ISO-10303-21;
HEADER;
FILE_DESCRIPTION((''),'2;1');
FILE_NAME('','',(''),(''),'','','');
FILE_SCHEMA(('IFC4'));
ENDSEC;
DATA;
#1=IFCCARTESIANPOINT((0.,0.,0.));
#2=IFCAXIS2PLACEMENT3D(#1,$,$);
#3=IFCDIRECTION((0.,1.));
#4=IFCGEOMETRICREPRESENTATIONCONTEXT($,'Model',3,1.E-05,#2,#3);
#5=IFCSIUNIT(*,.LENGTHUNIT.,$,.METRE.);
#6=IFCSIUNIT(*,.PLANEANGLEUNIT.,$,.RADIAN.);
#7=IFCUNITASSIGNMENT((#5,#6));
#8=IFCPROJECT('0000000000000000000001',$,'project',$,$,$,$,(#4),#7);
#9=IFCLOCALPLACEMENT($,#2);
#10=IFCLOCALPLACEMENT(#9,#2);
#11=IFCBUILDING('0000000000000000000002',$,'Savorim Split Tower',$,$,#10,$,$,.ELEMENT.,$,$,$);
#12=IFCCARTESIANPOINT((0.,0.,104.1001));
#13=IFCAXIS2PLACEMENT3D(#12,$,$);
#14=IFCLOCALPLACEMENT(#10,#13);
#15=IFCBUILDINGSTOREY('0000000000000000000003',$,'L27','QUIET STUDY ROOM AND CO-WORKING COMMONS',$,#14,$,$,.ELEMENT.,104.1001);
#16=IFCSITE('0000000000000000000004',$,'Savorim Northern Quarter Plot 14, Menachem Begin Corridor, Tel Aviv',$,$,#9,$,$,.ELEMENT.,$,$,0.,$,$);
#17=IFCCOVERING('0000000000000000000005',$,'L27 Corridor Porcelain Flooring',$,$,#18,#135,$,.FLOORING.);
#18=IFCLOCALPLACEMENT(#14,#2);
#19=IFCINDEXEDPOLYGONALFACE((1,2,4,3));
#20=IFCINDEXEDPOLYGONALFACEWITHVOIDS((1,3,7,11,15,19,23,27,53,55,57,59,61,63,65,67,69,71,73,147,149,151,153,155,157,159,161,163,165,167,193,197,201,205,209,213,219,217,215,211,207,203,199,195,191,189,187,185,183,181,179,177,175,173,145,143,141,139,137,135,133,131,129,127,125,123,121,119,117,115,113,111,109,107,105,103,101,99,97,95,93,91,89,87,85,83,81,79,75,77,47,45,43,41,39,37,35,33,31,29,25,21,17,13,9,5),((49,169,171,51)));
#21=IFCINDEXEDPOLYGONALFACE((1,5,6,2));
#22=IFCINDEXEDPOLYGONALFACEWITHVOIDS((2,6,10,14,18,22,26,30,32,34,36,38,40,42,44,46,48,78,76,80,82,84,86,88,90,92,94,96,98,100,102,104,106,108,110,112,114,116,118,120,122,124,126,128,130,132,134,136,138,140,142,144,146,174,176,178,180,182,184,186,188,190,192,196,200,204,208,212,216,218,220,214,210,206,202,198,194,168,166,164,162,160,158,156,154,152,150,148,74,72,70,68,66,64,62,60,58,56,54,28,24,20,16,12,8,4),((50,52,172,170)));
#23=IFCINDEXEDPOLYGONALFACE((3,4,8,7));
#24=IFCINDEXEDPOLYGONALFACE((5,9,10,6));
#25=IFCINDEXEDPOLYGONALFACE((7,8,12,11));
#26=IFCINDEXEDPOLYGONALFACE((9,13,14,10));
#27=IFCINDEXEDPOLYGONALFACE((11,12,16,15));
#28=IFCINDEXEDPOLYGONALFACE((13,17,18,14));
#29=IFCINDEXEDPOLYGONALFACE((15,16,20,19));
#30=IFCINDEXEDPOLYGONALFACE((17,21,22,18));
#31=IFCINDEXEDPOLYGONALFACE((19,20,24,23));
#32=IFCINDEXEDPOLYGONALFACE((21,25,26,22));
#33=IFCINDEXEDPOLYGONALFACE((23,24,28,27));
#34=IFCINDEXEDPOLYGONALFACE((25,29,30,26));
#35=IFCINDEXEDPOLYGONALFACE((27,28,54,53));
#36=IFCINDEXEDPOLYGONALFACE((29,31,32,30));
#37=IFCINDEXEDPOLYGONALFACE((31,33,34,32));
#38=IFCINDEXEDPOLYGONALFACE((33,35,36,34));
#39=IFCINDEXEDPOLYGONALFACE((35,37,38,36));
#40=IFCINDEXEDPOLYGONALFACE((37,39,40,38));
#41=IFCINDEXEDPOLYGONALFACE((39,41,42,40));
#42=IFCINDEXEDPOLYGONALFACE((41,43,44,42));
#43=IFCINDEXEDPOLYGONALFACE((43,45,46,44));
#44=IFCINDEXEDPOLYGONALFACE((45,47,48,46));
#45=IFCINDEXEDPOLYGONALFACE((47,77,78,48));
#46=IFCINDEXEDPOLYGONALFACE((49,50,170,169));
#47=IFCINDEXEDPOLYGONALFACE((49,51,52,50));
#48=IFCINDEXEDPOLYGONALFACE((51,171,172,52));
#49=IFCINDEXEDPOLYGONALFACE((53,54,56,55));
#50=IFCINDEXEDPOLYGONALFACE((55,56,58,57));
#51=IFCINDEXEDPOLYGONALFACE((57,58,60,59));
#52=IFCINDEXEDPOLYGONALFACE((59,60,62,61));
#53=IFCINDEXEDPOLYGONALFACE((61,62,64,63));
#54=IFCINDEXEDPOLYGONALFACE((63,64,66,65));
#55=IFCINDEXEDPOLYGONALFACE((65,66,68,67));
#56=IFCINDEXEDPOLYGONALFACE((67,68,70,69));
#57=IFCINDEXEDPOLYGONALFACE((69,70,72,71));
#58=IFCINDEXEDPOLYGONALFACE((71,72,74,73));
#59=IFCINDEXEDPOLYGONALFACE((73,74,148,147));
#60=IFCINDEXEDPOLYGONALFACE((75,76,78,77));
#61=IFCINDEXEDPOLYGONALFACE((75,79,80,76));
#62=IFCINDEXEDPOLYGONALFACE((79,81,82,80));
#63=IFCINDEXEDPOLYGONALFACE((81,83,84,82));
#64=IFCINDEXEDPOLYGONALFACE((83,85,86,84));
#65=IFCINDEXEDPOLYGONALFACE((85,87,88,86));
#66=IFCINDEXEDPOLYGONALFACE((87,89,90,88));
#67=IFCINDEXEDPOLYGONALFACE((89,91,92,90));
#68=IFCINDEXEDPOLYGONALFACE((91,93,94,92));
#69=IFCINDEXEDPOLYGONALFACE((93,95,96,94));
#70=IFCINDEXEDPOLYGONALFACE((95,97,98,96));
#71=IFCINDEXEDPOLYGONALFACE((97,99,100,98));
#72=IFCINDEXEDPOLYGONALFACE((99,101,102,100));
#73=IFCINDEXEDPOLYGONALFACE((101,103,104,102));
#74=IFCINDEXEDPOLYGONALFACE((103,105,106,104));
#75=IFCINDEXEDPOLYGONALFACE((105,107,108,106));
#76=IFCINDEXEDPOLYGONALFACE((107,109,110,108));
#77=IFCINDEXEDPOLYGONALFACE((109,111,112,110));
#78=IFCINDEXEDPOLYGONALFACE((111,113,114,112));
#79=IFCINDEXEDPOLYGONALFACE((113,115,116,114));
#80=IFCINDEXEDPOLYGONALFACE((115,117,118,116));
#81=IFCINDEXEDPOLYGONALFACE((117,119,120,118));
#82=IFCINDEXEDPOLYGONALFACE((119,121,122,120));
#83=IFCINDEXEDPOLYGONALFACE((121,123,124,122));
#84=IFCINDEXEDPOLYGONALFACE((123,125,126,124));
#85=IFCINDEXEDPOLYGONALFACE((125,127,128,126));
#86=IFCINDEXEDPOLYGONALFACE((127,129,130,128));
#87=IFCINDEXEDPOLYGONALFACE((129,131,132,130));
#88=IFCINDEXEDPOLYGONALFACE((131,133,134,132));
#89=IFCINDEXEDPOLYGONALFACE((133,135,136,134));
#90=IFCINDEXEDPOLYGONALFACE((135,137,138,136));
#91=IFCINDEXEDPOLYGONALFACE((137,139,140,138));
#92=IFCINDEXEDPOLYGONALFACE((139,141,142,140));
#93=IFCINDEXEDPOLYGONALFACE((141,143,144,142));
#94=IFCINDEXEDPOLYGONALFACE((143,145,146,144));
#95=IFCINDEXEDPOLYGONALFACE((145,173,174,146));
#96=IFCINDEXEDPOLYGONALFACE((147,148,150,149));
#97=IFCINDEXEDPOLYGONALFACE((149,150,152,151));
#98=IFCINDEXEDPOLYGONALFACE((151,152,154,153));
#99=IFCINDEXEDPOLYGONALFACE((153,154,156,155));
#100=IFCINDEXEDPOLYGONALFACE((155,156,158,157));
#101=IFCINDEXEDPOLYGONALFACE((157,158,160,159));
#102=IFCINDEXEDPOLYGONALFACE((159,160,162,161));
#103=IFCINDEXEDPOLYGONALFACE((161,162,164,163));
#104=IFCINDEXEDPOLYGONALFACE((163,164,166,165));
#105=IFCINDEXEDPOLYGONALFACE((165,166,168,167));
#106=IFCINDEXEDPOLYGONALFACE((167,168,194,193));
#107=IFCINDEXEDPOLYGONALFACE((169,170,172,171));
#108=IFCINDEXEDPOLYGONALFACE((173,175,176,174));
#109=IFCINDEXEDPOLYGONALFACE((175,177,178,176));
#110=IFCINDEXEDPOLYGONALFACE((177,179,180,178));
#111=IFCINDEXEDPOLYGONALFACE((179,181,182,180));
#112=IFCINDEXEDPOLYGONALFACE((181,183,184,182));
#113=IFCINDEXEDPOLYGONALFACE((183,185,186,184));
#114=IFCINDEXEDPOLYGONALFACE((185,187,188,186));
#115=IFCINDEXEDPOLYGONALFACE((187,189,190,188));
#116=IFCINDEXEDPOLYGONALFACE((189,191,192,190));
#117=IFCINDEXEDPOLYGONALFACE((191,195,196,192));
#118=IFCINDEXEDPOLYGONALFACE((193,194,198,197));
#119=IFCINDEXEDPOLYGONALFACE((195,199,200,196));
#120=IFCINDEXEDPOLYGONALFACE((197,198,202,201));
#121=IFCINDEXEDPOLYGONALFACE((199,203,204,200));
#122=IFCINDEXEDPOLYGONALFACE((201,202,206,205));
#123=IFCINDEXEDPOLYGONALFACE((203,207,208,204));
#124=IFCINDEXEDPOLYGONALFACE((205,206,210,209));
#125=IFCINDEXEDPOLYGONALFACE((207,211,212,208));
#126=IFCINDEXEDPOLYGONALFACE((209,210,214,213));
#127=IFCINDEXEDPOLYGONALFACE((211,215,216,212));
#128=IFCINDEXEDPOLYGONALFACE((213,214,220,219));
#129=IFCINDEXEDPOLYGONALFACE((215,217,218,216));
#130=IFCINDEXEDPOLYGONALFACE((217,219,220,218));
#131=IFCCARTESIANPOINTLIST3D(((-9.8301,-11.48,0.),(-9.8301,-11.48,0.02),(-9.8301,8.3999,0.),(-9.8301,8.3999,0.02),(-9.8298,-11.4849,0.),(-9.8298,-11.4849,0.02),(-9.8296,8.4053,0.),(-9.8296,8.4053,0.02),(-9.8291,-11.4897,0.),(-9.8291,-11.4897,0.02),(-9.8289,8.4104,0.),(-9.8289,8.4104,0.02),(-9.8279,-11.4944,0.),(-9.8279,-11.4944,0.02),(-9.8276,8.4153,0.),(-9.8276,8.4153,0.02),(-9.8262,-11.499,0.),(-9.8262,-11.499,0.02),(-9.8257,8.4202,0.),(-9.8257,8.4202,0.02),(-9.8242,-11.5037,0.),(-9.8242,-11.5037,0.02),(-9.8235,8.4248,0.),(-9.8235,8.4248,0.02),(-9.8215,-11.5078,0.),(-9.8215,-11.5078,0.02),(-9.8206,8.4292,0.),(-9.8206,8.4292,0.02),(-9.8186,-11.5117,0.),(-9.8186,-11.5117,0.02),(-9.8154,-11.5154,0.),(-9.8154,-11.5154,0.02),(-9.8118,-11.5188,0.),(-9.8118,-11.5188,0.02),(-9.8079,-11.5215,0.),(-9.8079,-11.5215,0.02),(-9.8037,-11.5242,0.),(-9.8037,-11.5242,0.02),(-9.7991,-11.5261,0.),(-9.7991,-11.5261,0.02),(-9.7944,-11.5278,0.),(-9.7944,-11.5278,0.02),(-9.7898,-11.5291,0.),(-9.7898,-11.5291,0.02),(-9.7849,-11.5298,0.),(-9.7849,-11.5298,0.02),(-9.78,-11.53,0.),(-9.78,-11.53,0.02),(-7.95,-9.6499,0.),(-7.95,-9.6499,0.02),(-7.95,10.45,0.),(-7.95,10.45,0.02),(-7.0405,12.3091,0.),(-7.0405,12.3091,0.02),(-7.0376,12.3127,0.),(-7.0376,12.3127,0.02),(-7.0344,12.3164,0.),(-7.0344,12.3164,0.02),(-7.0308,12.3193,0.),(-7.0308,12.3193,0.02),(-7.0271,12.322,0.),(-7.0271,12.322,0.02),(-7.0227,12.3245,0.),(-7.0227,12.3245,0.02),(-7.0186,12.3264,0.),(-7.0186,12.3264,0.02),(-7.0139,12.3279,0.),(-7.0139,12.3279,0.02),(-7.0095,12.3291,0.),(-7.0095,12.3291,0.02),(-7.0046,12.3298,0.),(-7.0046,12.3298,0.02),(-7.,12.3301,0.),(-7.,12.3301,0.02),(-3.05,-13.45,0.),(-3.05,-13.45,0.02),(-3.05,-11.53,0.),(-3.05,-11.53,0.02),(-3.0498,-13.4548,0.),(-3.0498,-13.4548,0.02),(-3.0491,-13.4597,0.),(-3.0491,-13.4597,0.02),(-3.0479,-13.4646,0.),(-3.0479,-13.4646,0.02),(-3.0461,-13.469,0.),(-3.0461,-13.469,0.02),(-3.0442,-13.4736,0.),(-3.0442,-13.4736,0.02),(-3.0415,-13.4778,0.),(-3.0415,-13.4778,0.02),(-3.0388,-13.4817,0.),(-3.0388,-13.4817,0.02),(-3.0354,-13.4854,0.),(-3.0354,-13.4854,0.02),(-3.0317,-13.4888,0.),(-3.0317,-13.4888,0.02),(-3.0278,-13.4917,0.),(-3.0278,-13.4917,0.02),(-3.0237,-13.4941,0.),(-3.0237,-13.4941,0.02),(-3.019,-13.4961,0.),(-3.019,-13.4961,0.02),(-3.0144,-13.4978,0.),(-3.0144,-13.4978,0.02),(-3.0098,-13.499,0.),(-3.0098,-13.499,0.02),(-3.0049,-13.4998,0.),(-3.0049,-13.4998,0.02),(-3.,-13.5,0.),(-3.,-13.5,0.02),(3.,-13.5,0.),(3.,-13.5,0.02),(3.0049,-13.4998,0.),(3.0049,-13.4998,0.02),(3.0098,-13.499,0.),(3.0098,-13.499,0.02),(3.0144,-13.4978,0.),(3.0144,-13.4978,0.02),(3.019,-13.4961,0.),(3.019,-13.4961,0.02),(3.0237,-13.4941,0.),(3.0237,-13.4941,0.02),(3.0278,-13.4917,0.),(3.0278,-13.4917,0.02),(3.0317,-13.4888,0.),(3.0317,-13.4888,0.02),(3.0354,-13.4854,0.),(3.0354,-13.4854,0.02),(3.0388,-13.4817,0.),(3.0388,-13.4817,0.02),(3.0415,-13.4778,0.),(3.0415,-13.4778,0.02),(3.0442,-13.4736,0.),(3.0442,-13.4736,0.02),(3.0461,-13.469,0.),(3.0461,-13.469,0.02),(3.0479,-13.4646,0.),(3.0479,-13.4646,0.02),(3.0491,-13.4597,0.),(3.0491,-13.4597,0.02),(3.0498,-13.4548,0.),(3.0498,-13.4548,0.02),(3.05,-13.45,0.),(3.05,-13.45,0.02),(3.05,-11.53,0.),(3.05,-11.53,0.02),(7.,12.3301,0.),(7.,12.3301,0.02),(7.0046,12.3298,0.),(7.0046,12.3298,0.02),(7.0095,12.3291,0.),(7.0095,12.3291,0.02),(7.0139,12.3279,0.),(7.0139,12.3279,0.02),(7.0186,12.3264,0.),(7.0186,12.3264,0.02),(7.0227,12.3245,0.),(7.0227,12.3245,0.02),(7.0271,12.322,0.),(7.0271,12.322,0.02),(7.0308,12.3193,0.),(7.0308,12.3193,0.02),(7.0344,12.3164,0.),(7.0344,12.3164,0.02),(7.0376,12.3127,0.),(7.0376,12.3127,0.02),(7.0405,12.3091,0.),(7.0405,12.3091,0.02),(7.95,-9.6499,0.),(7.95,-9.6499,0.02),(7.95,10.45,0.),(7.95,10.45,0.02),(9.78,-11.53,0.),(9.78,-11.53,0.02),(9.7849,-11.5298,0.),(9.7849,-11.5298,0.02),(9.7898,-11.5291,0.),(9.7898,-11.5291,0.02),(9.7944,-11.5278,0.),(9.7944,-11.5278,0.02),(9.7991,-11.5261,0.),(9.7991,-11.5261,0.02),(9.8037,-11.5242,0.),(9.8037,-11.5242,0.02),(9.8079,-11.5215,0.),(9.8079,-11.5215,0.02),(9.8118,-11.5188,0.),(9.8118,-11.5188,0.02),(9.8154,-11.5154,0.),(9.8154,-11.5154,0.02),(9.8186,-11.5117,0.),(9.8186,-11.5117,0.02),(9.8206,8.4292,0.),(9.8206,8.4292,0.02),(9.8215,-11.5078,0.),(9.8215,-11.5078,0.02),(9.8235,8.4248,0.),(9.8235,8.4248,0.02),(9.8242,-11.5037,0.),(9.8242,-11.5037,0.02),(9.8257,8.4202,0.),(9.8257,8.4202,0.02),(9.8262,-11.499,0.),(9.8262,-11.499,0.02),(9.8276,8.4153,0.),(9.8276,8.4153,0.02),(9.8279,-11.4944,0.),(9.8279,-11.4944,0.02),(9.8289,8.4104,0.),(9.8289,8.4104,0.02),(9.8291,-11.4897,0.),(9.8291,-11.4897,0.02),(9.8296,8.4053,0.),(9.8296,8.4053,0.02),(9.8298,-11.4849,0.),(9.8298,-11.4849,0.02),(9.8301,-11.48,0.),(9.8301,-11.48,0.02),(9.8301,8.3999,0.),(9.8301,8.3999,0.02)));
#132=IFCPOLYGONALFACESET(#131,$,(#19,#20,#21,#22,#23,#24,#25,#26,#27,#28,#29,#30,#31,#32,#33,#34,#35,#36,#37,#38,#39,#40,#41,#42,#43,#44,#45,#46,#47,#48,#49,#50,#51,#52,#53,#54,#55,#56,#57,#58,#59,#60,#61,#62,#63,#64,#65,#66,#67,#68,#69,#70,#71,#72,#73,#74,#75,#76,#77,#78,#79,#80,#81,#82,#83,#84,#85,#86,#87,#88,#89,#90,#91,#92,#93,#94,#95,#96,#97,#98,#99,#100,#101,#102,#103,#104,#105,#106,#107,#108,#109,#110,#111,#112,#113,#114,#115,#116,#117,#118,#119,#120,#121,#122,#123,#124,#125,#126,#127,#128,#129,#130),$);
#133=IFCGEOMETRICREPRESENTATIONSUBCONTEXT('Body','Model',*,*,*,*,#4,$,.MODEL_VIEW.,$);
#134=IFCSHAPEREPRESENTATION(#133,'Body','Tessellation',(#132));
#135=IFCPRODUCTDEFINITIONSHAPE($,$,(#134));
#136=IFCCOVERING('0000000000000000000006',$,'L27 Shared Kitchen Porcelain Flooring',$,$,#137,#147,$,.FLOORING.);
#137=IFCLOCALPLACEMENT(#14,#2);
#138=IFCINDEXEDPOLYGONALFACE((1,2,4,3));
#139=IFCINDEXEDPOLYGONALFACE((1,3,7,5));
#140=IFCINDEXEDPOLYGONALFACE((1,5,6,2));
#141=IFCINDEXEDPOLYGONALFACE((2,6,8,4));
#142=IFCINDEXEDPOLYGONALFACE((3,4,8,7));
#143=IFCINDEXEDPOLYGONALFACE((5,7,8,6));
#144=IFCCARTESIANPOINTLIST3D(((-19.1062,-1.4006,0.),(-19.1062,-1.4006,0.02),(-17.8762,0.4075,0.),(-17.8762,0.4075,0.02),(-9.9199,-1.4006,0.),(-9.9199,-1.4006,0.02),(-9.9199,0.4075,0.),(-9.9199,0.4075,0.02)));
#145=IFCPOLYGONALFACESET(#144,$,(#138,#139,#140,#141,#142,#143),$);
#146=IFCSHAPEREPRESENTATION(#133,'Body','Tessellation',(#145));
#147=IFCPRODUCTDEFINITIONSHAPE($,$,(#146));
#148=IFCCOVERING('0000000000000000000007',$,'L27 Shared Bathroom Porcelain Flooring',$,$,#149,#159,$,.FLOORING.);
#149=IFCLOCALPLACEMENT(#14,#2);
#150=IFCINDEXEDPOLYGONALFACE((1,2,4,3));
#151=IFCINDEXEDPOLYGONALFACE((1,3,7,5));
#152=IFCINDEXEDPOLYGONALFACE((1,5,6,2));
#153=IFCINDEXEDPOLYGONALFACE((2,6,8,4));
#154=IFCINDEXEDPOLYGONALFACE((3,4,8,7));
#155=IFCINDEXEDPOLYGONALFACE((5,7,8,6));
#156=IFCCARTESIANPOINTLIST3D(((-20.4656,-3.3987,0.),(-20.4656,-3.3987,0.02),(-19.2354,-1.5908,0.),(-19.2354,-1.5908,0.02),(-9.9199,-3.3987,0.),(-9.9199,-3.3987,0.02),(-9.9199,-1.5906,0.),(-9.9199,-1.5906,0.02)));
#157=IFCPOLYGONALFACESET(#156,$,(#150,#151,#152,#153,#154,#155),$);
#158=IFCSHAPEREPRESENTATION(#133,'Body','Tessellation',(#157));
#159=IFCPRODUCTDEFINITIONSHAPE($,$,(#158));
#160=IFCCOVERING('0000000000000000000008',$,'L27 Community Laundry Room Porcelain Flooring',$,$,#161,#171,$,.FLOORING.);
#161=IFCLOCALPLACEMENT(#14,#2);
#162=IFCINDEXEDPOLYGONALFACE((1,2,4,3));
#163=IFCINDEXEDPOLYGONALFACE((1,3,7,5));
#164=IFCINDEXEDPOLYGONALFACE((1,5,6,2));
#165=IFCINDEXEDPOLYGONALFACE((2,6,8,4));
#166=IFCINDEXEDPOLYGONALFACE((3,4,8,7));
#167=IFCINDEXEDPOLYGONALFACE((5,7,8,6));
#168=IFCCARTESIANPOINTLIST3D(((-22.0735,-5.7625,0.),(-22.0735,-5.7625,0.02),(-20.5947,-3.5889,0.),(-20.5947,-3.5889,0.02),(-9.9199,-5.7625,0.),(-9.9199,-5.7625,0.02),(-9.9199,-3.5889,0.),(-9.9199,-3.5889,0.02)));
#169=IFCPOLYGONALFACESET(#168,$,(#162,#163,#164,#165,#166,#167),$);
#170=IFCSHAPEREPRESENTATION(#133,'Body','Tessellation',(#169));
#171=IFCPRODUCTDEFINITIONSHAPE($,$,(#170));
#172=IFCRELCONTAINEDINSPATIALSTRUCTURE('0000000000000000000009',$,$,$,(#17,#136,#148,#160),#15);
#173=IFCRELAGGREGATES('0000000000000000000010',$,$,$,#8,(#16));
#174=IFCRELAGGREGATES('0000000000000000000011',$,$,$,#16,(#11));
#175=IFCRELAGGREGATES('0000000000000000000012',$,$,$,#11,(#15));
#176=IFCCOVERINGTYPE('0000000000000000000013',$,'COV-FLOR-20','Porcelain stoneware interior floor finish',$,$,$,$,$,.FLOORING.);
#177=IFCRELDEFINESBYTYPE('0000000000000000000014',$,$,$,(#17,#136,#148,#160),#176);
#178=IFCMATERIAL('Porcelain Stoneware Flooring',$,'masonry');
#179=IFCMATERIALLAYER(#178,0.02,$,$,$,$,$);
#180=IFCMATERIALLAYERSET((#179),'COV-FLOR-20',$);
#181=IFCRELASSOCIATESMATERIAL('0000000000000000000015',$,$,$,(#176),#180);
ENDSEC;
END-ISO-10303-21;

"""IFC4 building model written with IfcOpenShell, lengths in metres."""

from ifc_helpers import new_model, si_unit, direction, frame, origin, place, context, subcontext, project, spatial, polyline, outline, extrude, material, layer, layer_set, type_object, element, save


model = new_model("IFC4")

# Units and contexts
model_context = context("Model", 3, precision=1e-05, world=origin(), true_north=direction((0.0, 1.0)))
body_context = subcontext(model_context, "Body", "Model", "MODEL_VIEW")
ifc_project = project(units=[si_unit("LENGTHUNIT", "METRE"), si_unit("PLANEANGLEUNIT", "RADIAN")], contexts=[model_context])

# Site, building, storey
site_placement = place(None, origin())
site = spatial("IfcSite", under=ifc_project, at=site_placement, Name="Savorim Northern Quarter Plot 14, Menachem Begin Corridor, Tel Aviv", CompositionType="ELEMENT", RefElevation=0.0)
building_placement = place(site_placement, origin())
building = spatial("IfcBuilding", under=site, at=building_placement, Name="Savorim Split Tower", CompositionType="ELEMENT")
storey_placement = place(building_placement, frame((0.0, 0.0, 104.1001)))
storey = spatial("IfcBuildingStorey", under=building, at=storey_placement, Name="L27", Description="QUIET STUDY ROOM AND CO-WORKING COMMONS", CompositionType="ELEMENT", Elevation=104.1001)

# Coverings
ifc_material_1 = material(Name="Porcelain Stoneware Flooring", Category="masonry")
ifc_layer_1 = layer(ifc_material_1, 0.02)
ifc_layer_set_1 = layer_set([ifc_layer_1], Name="COV-FLOR-20")
covering_type_1 = type_object("IfcCoveringType", Name="COV-FLOR-20", Description="Porcelain stoneware interior floor finish", PredefinedType="FLOORING", material=ifc_layer_set_1)
covering_1_placement = place(storey_placement, origin())
element("IfcCovering", 1, at=covering_1_placement, inside=storey, type_object=covering_type_1, Name="L27 Corridor Porcelain Flooring", PredefinedType="FLOORING", context=body_context, shape_type="SweptSolid", body=[
    extrude(outline(polyline([(7.0095, 12.3291), (7.0046, 12.3298), (7.0, 12.3301), (-7.0, 12.3301), (-7.0046, 12.3298), (-7.0095, 12.3291), (-7.0139, 12.3279), (-7.0186, 12.3264), (-7.0227, 12.3245), (-7.0271, 12.322), (-7.0308, 12.3193), (-7.0344, 12.3164), (-7.0376, 12.3127), (-7.0405, 12.3091), (-9.8206, 8.4292), (-9.8235, 8.4248), (-9.8257, 8.4202), (-9.8276, 8.4153), (-9.8289, 8.4104), (-9.8296, 8.4053), (-9.8301, 8.3999), (-9.8301, -11.48), (-9.8298, -11.4849), (-9.8291, -11.4897), (-9.8279, -11.4944), (-9.8262, -11.499), (-9.8242, -11.5037), (-9.8215, -11.5078), (-9.8186, -11.5117), (-9.8154, -11.5154), (-9.8118, -11.5188), (-9.8079, -11.5215), (-9.8037, -11.5242), (-9.7991, -11.5261), (-9.7944, -11.5278), (-9.7898, -11.5291), (-9.7849, -11.5298), (-9.78, -11.53), (-3.05, -11.53), (-3.05, -13.45), (-3.0498, -13.4548), (-3.0491, -13.4597), (-3.0479, -13.4646), (-3.0461, -13.469), (-3.0442, -13.4736), (-3.0415, -13.4778), (-3.0388, -13.4817), (-3.0354, -13.4854), (-3.0317, -13.4888), (-3.0278, -13.4917), (-3.0237, -13.4941), (-3.019, -13.4961), (-3.0144, -13.4978), (-3.0098, -13.499), (-3.0049, -13.4998), (-3.0, -13.5), (3.0, -13.5), (3.0049, -13.4998), (3.0098, -13.499), (3.0144, -13.4978), (3.019, -13.4961), (3.0237, -13.4941), (3.0278, -13.4917), (3.0317, -13.4888), (3.0354, -13.4854), (3.0388, -13.4817), (3.0415, -13.4778), (3.0442, -13.4736), (3.0461, -13.469), (3.0479, -13.4646), (3.0491, -13.4597), (3.0498, -13.4548), (3.05, -13.45), (3.05, -11.53), (9.78, -11.53), (9.7849, -11.5298), (9.7898, -11.5291), (9.7944, -11.5278), (9.7991, -11.5261), (9.8037, -11.5242), (9.8079, -11.5215), (9.8118, -11.5188), (9.8154, -11.5154), (9.8186, -11.5117), (9.8215, -11.5078), (9.8242, -11.5037), (9.8262, -11.499), (9.8279, -11.4944), (9.8291, -11.4897), (9.8298, -11.4849), (9.8301, -11.48), (9.8301, 8.3999), (9.8296, 8.4053), (9.8289, 8.4104), (9.8276, 8.4153), (9.8257, 8.4202), (9.8235, 8.4248), (9.8206, 8.4292), (7.0405, 12.3091), (7.0376, 12.3127), (7.0344, 12.3164), (7.0308, 12.3193), (7.0271, 12.322), (7.0227, 12.3245), (7.0186, 12.3264), (7.0139, 12.3279), (7.0095, 12.3291)]), holes=[polyline([(-7.95, 10.45), (-7.95, -9.6499), (7.95, -9.6499), (7.95, 10.45), (-7.95, 10.45)])]), origin(), (0.0, 0.0, 1.0), 0.02),
])
covering_2_placement = place(storey_placement, origin())
element("IfcCovering", 2, at=covering_2_placement, inside=storey, type_object=covering_type_1, Name="L27 Shared Kitchen Porcelain Flooring", PredefinedType="FLOORING", context=body_context, shape_type="SweptSolid", body=[
    extrude(outline(polyline([(-17.8762, 0.4075), (-19.1062, -1.4006), (-9.9199, -1.4006), (-9.9199, 0.4075), (-17.8762, 0.4075)])), origin(), (0.0, 0.0, 1.0), 0.02),
])
covering_3_placement = place(storey_placement, origin())
element("IfcCovering", 3, at=covering_3_placement, inside=storey, type_object=covering_type_1, Name="L27 Shared Bathroom Porcelain Flooring", PredefinedType="FLOORING", context=body_context, shape_type="SweptSolid", body=[
    extrude(outline(polyline([(-19.2354, -1.5908), (-20.4656, -3.3987), (-9.9199, -3.3987), (-9.9199, -1.5906), (-19.2354, -1.5908)])), origin(), (0.0, 0.0, 1.0), 0.02),
])
covering_4_placement = place(storey_placement, origin())
element("IfcCovering", 4, at=covering_4_placement, inside=storey, type_object=covering_type_1, Name="L27 Community Laundry Room Porcelain Flooring", PredefinedType="FLOORING", context=body_context, shape_type="SweptSolid", body=[
    extrude(outline(polyline([(-20.5947, -3.5889), (-22.0735, -5.7625), (-9.9199, -5.7625), (-9.9199, -3.5889), (-20.5947, -3.5889)])), origin(), (0.0, 0.0, 1.0), 0.02),
])

save(model, "model.ifc")
